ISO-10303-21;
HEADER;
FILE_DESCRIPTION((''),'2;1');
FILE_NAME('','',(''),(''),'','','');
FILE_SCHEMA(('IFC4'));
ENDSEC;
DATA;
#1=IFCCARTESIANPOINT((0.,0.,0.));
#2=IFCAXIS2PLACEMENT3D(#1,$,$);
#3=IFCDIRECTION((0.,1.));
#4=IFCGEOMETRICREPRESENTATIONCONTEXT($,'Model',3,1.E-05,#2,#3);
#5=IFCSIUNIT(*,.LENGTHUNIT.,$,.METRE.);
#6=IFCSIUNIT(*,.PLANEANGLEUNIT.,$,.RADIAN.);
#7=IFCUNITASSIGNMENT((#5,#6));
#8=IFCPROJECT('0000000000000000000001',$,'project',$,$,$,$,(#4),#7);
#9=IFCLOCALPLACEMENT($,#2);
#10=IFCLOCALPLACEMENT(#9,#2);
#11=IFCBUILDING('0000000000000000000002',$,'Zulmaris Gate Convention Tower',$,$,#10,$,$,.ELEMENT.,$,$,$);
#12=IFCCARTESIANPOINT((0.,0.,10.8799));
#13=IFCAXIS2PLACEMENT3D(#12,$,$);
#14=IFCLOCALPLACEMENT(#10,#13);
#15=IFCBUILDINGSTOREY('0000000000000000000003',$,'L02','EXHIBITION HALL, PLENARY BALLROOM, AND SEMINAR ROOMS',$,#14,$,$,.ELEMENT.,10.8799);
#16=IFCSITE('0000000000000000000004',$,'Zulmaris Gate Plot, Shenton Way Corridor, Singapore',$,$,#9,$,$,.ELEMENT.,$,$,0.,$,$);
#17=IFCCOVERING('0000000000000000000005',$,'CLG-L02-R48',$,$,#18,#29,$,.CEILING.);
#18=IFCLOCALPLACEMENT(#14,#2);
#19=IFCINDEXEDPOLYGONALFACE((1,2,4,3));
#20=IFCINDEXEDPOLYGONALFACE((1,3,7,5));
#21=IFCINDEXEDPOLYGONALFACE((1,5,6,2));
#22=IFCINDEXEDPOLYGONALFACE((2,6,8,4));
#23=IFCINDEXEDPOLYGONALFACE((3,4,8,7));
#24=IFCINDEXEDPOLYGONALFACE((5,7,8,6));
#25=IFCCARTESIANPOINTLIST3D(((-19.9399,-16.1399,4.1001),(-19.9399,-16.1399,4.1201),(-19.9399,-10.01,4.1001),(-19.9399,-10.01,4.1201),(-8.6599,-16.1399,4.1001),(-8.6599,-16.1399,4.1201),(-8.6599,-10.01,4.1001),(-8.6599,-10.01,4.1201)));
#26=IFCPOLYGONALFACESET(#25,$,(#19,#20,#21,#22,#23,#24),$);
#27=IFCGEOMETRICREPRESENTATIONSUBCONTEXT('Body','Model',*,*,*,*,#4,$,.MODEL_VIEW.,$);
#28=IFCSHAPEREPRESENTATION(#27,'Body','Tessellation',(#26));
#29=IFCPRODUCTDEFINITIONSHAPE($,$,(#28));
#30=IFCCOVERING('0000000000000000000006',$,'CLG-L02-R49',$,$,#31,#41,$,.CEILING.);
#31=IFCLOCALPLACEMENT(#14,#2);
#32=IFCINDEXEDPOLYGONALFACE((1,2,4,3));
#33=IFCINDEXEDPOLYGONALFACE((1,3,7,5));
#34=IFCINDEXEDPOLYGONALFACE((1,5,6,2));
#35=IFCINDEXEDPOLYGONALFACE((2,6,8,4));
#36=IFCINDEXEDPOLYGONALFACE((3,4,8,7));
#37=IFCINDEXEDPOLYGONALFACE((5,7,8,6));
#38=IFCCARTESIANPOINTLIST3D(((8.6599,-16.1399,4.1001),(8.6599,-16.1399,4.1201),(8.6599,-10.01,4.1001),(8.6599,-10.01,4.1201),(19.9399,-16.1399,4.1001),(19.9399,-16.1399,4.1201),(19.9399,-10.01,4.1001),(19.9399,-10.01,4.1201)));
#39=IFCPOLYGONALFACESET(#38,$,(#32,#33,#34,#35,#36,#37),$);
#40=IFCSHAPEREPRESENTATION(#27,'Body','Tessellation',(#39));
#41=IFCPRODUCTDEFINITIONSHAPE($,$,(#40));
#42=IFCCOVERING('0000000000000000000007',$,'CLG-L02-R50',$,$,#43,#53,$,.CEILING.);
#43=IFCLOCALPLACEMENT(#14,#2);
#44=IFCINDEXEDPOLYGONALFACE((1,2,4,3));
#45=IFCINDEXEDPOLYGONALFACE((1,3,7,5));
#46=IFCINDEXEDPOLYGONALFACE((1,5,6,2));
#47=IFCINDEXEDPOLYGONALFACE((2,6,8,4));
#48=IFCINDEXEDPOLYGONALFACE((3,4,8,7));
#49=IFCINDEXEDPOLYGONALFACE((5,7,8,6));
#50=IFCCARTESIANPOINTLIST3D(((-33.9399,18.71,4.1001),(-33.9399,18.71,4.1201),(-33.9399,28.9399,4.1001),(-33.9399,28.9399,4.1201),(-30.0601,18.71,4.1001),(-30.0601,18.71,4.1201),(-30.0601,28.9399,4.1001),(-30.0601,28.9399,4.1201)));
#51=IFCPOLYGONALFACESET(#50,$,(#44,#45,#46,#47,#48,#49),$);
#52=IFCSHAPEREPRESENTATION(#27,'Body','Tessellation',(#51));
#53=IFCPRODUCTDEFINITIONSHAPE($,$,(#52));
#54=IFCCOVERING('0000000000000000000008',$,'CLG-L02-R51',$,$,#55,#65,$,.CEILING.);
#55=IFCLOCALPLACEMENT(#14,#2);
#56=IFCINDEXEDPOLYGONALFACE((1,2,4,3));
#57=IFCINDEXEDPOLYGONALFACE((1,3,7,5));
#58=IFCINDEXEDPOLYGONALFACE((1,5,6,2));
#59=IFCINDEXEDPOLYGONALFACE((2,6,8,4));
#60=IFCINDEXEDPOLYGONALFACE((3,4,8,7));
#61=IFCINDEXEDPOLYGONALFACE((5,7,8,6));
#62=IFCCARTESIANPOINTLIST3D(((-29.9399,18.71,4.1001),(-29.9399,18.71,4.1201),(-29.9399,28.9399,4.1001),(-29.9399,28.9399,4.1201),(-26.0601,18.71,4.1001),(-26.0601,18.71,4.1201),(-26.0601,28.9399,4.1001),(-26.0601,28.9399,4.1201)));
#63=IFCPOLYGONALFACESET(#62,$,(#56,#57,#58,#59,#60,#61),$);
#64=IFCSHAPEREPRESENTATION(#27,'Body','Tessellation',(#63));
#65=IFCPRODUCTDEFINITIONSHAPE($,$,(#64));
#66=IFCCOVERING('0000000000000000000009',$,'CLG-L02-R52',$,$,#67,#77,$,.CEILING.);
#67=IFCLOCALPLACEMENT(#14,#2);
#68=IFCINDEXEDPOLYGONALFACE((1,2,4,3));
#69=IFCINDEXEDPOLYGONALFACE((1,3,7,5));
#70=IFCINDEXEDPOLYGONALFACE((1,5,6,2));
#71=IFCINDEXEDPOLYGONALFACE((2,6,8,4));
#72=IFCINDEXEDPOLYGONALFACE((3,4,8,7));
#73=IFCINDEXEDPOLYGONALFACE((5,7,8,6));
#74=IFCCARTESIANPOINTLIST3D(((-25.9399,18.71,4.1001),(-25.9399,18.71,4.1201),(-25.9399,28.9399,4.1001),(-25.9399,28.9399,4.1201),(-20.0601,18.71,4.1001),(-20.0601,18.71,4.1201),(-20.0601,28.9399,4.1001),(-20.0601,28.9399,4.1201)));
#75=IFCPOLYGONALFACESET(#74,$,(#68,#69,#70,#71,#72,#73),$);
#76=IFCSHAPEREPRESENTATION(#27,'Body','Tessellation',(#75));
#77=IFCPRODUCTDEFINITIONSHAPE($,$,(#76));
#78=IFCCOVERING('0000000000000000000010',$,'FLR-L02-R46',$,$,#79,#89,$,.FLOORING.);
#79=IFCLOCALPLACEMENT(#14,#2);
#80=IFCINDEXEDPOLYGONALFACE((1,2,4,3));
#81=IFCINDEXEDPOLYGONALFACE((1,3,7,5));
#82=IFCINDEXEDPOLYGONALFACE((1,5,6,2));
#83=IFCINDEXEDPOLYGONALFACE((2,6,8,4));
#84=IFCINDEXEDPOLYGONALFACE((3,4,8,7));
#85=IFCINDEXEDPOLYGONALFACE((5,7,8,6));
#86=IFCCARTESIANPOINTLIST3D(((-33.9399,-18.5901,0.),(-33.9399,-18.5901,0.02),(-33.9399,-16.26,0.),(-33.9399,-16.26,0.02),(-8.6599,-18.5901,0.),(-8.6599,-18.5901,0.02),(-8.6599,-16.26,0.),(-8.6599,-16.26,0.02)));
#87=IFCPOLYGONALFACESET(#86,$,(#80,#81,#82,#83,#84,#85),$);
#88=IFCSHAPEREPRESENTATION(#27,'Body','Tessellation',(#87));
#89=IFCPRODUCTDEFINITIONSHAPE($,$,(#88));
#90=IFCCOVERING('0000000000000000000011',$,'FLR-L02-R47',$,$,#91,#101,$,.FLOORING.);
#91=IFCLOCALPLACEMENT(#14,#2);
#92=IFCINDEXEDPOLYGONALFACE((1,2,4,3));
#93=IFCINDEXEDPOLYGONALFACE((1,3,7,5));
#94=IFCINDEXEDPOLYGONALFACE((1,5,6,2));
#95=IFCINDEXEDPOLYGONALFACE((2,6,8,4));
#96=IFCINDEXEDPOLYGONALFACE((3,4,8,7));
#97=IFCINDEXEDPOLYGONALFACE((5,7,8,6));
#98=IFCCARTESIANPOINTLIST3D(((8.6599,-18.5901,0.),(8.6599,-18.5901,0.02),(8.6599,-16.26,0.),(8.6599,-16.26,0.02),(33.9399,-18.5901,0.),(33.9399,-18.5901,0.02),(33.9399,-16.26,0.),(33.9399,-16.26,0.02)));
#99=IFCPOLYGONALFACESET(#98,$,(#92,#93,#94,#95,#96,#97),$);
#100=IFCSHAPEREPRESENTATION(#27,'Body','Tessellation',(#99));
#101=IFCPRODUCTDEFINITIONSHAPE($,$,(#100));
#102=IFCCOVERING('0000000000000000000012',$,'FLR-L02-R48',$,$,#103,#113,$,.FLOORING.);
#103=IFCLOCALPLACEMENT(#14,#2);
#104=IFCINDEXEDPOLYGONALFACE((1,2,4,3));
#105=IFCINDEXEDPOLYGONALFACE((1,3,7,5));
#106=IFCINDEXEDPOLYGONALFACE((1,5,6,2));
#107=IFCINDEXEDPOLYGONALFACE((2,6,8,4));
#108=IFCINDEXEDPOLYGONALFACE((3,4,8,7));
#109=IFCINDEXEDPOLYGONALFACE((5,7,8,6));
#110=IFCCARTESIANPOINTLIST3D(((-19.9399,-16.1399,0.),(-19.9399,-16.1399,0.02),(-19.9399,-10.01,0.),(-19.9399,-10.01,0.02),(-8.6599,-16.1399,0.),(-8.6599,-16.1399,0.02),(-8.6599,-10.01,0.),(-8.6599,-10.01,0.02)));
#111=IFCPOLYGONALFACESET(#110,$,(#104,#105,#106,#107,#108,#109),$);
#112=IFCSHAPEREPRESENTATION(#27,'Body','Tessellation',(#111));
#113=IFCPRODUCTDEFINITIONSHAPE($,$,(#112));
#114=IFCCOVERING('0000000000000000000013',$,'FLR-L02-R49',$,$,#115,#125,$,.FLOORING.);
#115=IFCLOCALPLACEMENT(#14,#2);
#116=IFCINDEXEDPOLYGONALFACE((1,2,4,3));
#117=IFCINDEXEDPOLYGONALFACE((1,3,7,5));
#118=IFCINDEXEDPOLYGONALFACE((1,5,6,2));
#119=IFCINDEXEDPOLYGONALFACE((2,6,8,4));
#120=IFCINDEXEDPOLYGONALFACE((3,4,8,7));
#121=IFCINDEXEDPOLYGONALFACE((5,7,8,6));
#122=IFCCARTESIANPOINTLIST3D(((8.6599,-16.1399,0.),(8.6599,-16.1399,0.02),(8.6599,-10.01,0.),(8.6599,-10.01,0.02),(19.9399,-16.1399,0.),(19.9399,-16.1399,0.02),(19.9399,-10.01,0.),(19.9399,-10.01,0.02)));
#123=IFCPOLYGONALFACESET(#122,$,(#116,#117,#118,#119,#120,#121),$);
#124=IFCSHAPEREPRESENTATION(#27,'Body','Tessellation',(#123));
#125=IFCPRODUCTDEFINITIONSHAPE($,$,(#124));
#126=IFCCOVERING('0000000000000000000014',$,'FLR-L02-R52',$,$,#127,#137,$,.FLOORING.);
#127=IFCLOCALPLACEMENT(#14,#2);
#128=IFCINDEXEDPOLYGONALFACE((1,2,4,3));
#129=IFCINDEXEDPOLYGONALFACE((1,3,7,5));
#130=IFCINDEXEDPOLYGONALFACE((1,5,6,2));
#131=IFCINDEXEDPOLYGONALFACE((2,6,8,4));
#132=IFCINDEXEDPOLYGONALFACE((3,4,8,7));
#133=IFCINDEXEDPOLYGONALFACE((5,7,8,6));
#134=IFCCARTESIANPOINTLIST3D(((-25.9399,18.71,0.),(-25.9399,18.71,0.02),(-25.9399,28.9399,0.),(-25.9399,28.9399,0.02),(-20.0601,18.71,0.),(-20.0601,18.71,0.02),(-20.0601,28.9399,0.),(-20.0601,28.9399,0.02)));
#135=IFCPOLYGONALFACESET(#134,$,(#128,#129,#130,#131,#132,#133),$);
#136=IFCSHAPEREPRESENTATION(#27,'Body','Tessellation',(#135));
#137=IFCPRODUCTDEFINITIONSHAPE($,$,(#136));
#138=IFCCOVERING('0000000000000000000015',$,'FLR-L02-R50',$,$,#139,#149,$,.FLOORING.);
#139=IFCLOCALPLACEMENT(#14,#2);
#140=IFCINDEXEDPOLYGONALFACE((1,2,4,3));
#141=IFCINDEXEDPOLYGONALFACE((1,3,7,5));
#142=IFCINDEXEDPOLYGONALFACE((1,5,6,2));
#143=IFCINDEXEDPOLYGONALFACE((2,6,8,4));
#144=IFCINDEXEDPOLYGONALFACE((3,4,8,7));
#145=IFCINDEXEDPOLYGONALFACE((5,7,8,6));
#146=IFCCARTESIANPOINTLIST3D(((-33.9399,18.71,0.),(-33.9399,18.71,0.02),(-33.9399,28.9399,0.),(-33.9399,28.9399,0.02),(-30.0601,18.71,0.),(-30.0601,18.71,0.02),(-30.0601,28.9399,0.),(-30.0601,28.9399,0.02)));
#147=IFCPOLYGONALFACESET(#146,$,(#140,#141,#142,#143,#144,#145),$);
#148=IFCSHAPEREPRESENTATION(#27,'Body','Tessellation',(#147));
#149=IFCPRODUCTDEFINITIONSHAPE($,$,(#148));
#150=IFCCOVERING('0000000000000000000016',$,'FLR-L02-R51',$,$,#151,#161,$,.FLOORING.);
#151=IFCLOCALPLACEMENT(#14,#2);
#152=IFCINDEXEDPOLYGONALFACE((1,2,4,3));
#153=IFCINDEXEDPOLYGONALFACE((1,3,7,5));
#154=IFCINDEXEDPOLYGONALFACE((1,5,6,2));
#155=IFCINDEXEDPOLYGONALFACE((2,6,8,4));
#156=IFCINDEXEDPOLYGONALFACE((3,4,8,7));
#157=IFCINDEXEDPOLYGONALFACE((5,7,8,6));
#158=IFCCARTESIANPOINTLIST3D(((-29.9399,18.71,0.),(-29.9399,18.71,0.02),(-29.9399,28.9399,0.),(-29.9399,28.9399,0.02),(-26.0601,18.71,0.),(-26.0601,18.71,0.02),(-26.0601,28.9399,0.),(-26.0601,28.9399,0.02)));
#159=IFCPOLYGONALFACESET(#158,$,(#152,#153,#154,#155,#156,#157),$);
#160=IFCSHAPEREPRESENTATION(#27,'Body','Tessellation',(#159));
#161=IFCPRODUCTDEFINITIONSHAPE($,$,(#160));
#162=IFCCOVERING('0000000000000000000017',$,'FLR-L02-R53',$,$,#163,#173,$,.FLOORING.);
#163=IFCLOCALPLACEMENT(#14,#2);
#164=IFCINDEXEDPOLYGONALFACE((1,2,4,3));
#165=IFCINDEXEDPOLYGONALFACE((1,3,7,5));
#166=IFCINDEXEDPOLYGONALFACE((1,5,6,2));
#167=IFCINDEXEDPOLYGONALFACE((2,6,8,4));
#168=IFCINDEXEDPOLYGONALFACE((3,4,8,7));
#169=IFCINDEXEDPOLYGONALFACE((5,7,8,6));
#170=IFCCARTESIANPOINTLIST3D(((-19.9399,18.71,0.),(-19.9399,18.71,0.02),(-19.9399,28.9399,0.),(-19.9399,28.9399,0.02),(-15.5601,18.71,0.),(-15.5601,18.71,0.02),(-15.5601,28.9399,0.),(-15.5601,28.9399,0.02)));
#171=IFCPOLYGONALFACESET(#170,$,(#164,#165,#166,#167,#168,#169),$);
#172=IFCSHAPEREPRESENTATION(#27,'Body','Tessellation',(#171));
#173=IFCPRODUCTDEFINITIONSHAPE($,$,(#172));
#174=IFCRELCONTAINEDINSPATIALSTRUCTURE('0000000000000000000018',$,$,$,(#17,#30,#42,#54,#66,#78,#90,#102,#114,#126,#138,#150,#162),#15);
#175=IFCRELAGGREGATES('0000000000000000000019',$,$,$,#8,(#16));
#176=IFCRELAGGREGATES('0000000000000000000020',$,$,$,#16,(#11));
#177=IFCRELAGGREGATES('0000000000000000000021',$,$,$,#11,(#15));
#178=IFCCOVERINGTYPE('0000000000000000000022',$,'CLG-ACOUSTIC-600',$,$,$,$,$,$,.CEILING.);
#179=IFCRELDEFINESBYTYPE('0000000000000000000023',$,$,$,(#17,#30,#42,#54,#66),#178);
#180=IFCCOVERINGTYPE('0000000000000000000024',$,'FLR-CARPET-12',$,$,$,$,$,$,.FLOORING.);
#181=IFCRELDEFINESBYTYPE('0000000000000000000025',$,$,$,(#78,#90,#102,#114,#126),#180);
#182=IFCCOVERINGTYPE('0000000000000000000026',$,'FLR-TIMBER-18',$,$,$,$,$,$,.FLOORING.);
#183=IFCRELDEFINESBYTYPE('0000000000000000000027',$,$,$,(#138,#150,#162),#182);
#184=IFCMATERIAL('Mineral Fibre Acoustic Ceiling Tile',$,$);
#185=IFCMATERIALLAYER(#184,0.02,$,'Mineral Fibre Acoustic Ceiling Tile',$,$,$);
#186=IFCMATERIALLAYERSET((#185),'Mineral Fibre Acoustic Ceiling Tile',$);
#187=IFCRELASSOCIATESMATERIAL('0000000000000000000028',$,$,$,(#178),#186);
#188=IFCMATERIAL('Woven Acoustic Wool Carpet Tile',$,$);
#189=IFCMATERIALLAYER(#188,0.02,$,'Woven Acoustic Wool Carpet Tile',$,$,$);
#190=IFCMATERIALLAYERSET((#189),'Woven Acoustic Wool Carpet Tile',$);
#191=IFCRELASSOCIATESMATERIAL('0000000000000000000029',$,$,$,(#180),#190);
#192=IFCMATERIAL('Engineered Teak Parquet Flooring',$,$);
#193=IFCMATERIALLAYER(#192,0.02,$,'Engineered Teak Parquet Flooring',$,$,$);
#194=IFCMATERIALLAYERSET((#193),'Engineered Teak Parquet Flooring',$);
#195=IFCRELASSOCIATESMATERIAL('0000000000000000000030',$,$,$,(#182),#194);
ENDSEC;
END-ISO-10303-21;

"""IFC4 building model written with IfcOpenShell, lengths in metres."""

from ifc_helpers import new_model, si_unit, direction, frame, origin, place, context, subcontext, project, spatial, polyline, outline, extrude, material, layer, layer_set, type_object, element, save


model = new_model("IFC4")

# Units and contexts
model_context = context("Model", 3, precision=1e-05, world=origin(), true_north=direction((0.0, 1.0)))
body_context = subcontext(model_context, "Body", "Model", "MODEL_VIEW")
ifc_project = project(units=[si_unit("LENGTHUNIT", "METRE"), si_unit("PLANEANGLEUNIT", "RADIAN")], contexts=[model_context])

# Site, building, storey
site_placement = place(None, origin())
site = spatial("IfcSite", under=ifc_project, at=site_placement, Name="Zulmaris Gate Plot, Shenton Way Corridor, Singapore", CompositionType="ELEMENT", RefElevation=0.0)
building_placement = place(site_placement, origin())
building = spatial("IfcBuilding", under=site, at=building_placement, Name="Zulmaris Gate Convention Tower", CompositionType="ELEMENT")
storey_placement = place(building_placement, frame((0.0, 0.0, 10.8799)))
storey = spatial("IfcBuildingStorey", under=building, at=storey_placement, Name="L02", Description="EXHIBITION HALL, PLENARY BALLROOM, AND SEMINAR ROOMS", CompositionType="ELEMENT", Elevation=10.8799)

# Coverings
ifc_material_1 = material(Name="Mineral Fibre Acoustic Ceiling Tile")
ifc_layer_1 = layer(ifc_material_1, 0.02, Name="Mineral Fibre Acoustic Ceiling Tile")
ifc_layer_set_1 = layer_set([ifc_layer_1], Name="Mineral Fibre Acoustic Ceiling Tile")
covering_type_1 = type_object("IfcCoveringType", Name="CLG-ACOUSTIC-600", PredefinedType="CEILING", material=ifc_layer_set_1)
covering_1_placement = place(storey_placement, frame((0.0, 0.0, 4.1001)))
element("IfcCovering", 1, at=covering_1_placement, inside=storey, type_object=covering_type_1, Name="CLG-L02-R48", PredefinedType="CEILING", context=body_context, shape_type="SweptSolid", body=[
    extrude(outline(polyline([(-19.9399, -16.1399), (-8.6599, -16.1399), (-8.6599, -10.01), (-19.9399, -10.01), (-19.9399, -16.1399)])), origin(), (0.0, 0.0, 1.0), 0.02),
])
covering_2_placement = place(storey_placement, frame((0.0, 0.0, 4.1001)))
element("IfcCovering", 2, at=covering_2_placement, inside=storey, type_object=covering_type_1, Name="CLG-L02-R49", PredefinedType="CEILING", context=body_context, shape_type="SweptSolid", body=[
    extrude(outline(polyline([(8.6599, -16.1399), (19.9399, -16.1399), (19.9399, -10.01), (8.6599, -10.01), (8.6599, -16.1399)])), origin(), (0.0, 0.0, 1.0), 0.02),
])
covering_3_placement = place(storey_placement, frame((0.0, 0.0, 4.1001)))
element("IfcCovering", 3, at=covering_3_placement, inside=storey, type_object=covering_type_1, Name="CLG-L02-R50", PredefinedType="CEILING", context=body_context, shape_type="SweptSolid", body=[
    extrude(outline(polyline([(-33.9399, 18.71), (-30.0601, 18.71), (-30.0601, 28.9399), (-33.9399, 28.9399), (-33.9399, 18.71)])), origin(), (0.0, 0.0, 1.0), 0.02),
])
covering_4_placement = place(storey_placement, frame((0.0, 0.0, 4.1001)))
element("IfcCovering", 4, at=covering_4_placement, inside=storey, type_object=covering_type_1, Name="CLG-L02-R51", PredefinedType="CEILING", context=body_context, shape_type="SweptSolid", body=[
    extrude(outline(polyline([(-29.9399, 18.71), (-26.0601, 18.71), (-26.0601, 28.9399), (-29.9399, 28.9399), (-29.9399, 18.71)])), origin(), (0.0, 0.0, 1.0), 0.02),
])
covering_5_placement = place(storey_placement, frame((0.0, 0.0, 4.1001)))
element("IfcCovering", 5, at=covering_5_placement, inside=storey, type_object=covering_type_1, Name="CLG-L02-R52", PredefinedType="CEILING", context=body_context, shape_type="SweptSolid", body=[
    extrude(outline(polyline([(-25.9399, 18.71), (-20.0601, 18.71), (-20.0601, 28.9399), (-25.9399, 28.9399), (-25.9399, 18.71)])), origin(), (0.0, 0.0, 1.0), 0.02),
])
ifc_material_2 = material(Name="Woven Acoustic Wool Carpet Tile")
ifc_layer_2 = layer(ifc_material_2, 0.02, Name="Woven Acoustic Wool Carpet Tile")
ifc_layer_set_2 = layer_set([ifc_layer_2], Name="Woven Acoustic Wool Carpet Tile")
covering_type_2 = type_object("IfcCoveringType", Name="FLR-CARPET-12", PredefinedType="FLOORING", material=ifc_layer_set_2)
covering_6_placement = place(storey_placement, origin())
element("IfcCovering", 6, at=covering_6_placement, inside=storey, type_object=covering_type_2, Name="FLR-L02-R46", PredefinedType="FLOORING", context=body_context, shape_type="SweptSolid", body=[
    extrude(outline(polyline([(-33.9399, -18.5901), (-8.6599, -18.5901), (-8.6599, -16.26), (-33.9399, -16.26), (-33.9399, -18.5901)])), origin(), (0.0, 0.0, 1.0), 0.02),
])
covering_7_placement = place(storey_placement, origin())
element("IfcCovering", 7, at=covering_7_placement, inside=storey, type_object=covering_type_2, Name="FLR-L02-R47", PredefinedType="FLOORING", context=body_context, shape_type="SweptSolid", body=[
    extrude(outline(polyline([(8.6599, -18.5901), (33.9399, -18.5901), (33.9399, -16.26), (8.6599, -16.26), (8.6599, -18.5901)])), origin(), (0.0, 0.0, 1.0), 0.02),
])
covering_8_placement = place(storey_placement, origin())
element("IfcCovering", 8, at=covering_8_placement, inside=storey, type_object=covering_type_2, Name="FLR-L02-R48", PredefinedType="FLOORING", context=body_context, shape_type="SweptSolid", body=[
    extrude(outline(polyline([(-19.9399, -16.1399), (-8.6599, -16.1399), (-8.6599, -10.01), (-19.9399, -10.01), (-19.9399, -16.1399)])), origin(), (0.0, 0.0, 1.0), 0.02),
])
covering_9_placement = place(storey_placement, origin())
element("IfcCovering", 9, at=covering_9_placement, inside=storey, type_object=covering_type_2, Name="FLR-L02-R49", PredefinedType="FLOORING", context=body_context, shape_type="SweptSolid", body=[
    extrude(outline(polyline([(8.6599, -16.1399), (19.9399, -16.1399), (19.9399, -10.01), (8.6599, -10.01), (8.6599, -16.1399)])), origin(), (0.0, 0.0, 1.0), 0.02),
])
covering_10_placement = place(storey_placement, origin())
element("IfcCovering", 10, at=covering_10_placement, inside=storey, type_object=covering_type_2, Name="FLR-L02-R52", PredefinedType="FLOORING", context=body_context, shape_type="SweptSolid", body=[
    extrude(outline(polyline([(-25.9399, 18.71), (-20.0601, 18.71), (-20.0601, 28.9399), (-25.9399, 28.9399), (-25.9399, 18.71)])), origin(), (0.0, 0.0, 1.0), 0.02),
])
ifc_material_3 = material(Name="Engineered Teak Parquet Flooring")
ifc_layer_3 = layer(ifc_material_3, 0.02, Name="Engineered Teak Parquet Flooring")
ifc_layer_set_3 = layer_set([ifc_layer_3], Name="Engineered Teak Parquet Flooring")
covering_type_3 = type_object("IfcCoveringType", Name="FLR-TIMBER-18", PredefinedType="FLOORING", material=ifc_layer_set_3)
covering_11_placement = place(storey_placement, origin())
element("IfcCovering", 11, at=covering_11_placement, inside=storey, type_object=covering_type_3, Name="FLR-L02-R50", PredefinedType="FLOORING", context=body_context, shape_type="SweptSolid", body=[
    extrude(outline(polyline([(-33.9399, 18.71), (-30.0601, 18.71), (-30.0601, 28.9399), (-33.9399, 28.9399), (-33.9399, 18.71)])), origin(), (0.0, 0.0, 1.0), 0.02),
])
covering_12_placement = place(storey_placement, origin())
element("IfcCovering", 12, at=covering_12_placement, inside=storey, type_object=covering_type_3, Name="FLR-L02-R51", PredefinedType="FLOORING", context=body_context, shape_type="SweptSolid", body=[
    extrude(outline(polyline([(-29.9399, 18.71), (-26.0601, 18.71), (-26.0601, 28.9399), (-29.9399, 28.9399), (-29.9399, 18.71)])), origin(), (0.0, 0.0, 1.0), 0.02),
])
covering_13_placement = place(storey_placement, origin())
element("IfcCovering", 13, at=covering_13_placement, inside=storey, type_object=covering_type_3, Name="FLR-L02-R53", PredefinedType="FLOORING", context=body_context, shape_type="SweptSolid", body=[
    extrude(outline(polyline([(-19.9399, 18.71), (-15.5601, 18.71), (-15.5601, 28.9399), (-19.9399, 28.9399), (-19.9399, 18.71)])), origin(), (0.0, 0.0, 1.0), 0.02),
])

save(model, "model.ifc")
